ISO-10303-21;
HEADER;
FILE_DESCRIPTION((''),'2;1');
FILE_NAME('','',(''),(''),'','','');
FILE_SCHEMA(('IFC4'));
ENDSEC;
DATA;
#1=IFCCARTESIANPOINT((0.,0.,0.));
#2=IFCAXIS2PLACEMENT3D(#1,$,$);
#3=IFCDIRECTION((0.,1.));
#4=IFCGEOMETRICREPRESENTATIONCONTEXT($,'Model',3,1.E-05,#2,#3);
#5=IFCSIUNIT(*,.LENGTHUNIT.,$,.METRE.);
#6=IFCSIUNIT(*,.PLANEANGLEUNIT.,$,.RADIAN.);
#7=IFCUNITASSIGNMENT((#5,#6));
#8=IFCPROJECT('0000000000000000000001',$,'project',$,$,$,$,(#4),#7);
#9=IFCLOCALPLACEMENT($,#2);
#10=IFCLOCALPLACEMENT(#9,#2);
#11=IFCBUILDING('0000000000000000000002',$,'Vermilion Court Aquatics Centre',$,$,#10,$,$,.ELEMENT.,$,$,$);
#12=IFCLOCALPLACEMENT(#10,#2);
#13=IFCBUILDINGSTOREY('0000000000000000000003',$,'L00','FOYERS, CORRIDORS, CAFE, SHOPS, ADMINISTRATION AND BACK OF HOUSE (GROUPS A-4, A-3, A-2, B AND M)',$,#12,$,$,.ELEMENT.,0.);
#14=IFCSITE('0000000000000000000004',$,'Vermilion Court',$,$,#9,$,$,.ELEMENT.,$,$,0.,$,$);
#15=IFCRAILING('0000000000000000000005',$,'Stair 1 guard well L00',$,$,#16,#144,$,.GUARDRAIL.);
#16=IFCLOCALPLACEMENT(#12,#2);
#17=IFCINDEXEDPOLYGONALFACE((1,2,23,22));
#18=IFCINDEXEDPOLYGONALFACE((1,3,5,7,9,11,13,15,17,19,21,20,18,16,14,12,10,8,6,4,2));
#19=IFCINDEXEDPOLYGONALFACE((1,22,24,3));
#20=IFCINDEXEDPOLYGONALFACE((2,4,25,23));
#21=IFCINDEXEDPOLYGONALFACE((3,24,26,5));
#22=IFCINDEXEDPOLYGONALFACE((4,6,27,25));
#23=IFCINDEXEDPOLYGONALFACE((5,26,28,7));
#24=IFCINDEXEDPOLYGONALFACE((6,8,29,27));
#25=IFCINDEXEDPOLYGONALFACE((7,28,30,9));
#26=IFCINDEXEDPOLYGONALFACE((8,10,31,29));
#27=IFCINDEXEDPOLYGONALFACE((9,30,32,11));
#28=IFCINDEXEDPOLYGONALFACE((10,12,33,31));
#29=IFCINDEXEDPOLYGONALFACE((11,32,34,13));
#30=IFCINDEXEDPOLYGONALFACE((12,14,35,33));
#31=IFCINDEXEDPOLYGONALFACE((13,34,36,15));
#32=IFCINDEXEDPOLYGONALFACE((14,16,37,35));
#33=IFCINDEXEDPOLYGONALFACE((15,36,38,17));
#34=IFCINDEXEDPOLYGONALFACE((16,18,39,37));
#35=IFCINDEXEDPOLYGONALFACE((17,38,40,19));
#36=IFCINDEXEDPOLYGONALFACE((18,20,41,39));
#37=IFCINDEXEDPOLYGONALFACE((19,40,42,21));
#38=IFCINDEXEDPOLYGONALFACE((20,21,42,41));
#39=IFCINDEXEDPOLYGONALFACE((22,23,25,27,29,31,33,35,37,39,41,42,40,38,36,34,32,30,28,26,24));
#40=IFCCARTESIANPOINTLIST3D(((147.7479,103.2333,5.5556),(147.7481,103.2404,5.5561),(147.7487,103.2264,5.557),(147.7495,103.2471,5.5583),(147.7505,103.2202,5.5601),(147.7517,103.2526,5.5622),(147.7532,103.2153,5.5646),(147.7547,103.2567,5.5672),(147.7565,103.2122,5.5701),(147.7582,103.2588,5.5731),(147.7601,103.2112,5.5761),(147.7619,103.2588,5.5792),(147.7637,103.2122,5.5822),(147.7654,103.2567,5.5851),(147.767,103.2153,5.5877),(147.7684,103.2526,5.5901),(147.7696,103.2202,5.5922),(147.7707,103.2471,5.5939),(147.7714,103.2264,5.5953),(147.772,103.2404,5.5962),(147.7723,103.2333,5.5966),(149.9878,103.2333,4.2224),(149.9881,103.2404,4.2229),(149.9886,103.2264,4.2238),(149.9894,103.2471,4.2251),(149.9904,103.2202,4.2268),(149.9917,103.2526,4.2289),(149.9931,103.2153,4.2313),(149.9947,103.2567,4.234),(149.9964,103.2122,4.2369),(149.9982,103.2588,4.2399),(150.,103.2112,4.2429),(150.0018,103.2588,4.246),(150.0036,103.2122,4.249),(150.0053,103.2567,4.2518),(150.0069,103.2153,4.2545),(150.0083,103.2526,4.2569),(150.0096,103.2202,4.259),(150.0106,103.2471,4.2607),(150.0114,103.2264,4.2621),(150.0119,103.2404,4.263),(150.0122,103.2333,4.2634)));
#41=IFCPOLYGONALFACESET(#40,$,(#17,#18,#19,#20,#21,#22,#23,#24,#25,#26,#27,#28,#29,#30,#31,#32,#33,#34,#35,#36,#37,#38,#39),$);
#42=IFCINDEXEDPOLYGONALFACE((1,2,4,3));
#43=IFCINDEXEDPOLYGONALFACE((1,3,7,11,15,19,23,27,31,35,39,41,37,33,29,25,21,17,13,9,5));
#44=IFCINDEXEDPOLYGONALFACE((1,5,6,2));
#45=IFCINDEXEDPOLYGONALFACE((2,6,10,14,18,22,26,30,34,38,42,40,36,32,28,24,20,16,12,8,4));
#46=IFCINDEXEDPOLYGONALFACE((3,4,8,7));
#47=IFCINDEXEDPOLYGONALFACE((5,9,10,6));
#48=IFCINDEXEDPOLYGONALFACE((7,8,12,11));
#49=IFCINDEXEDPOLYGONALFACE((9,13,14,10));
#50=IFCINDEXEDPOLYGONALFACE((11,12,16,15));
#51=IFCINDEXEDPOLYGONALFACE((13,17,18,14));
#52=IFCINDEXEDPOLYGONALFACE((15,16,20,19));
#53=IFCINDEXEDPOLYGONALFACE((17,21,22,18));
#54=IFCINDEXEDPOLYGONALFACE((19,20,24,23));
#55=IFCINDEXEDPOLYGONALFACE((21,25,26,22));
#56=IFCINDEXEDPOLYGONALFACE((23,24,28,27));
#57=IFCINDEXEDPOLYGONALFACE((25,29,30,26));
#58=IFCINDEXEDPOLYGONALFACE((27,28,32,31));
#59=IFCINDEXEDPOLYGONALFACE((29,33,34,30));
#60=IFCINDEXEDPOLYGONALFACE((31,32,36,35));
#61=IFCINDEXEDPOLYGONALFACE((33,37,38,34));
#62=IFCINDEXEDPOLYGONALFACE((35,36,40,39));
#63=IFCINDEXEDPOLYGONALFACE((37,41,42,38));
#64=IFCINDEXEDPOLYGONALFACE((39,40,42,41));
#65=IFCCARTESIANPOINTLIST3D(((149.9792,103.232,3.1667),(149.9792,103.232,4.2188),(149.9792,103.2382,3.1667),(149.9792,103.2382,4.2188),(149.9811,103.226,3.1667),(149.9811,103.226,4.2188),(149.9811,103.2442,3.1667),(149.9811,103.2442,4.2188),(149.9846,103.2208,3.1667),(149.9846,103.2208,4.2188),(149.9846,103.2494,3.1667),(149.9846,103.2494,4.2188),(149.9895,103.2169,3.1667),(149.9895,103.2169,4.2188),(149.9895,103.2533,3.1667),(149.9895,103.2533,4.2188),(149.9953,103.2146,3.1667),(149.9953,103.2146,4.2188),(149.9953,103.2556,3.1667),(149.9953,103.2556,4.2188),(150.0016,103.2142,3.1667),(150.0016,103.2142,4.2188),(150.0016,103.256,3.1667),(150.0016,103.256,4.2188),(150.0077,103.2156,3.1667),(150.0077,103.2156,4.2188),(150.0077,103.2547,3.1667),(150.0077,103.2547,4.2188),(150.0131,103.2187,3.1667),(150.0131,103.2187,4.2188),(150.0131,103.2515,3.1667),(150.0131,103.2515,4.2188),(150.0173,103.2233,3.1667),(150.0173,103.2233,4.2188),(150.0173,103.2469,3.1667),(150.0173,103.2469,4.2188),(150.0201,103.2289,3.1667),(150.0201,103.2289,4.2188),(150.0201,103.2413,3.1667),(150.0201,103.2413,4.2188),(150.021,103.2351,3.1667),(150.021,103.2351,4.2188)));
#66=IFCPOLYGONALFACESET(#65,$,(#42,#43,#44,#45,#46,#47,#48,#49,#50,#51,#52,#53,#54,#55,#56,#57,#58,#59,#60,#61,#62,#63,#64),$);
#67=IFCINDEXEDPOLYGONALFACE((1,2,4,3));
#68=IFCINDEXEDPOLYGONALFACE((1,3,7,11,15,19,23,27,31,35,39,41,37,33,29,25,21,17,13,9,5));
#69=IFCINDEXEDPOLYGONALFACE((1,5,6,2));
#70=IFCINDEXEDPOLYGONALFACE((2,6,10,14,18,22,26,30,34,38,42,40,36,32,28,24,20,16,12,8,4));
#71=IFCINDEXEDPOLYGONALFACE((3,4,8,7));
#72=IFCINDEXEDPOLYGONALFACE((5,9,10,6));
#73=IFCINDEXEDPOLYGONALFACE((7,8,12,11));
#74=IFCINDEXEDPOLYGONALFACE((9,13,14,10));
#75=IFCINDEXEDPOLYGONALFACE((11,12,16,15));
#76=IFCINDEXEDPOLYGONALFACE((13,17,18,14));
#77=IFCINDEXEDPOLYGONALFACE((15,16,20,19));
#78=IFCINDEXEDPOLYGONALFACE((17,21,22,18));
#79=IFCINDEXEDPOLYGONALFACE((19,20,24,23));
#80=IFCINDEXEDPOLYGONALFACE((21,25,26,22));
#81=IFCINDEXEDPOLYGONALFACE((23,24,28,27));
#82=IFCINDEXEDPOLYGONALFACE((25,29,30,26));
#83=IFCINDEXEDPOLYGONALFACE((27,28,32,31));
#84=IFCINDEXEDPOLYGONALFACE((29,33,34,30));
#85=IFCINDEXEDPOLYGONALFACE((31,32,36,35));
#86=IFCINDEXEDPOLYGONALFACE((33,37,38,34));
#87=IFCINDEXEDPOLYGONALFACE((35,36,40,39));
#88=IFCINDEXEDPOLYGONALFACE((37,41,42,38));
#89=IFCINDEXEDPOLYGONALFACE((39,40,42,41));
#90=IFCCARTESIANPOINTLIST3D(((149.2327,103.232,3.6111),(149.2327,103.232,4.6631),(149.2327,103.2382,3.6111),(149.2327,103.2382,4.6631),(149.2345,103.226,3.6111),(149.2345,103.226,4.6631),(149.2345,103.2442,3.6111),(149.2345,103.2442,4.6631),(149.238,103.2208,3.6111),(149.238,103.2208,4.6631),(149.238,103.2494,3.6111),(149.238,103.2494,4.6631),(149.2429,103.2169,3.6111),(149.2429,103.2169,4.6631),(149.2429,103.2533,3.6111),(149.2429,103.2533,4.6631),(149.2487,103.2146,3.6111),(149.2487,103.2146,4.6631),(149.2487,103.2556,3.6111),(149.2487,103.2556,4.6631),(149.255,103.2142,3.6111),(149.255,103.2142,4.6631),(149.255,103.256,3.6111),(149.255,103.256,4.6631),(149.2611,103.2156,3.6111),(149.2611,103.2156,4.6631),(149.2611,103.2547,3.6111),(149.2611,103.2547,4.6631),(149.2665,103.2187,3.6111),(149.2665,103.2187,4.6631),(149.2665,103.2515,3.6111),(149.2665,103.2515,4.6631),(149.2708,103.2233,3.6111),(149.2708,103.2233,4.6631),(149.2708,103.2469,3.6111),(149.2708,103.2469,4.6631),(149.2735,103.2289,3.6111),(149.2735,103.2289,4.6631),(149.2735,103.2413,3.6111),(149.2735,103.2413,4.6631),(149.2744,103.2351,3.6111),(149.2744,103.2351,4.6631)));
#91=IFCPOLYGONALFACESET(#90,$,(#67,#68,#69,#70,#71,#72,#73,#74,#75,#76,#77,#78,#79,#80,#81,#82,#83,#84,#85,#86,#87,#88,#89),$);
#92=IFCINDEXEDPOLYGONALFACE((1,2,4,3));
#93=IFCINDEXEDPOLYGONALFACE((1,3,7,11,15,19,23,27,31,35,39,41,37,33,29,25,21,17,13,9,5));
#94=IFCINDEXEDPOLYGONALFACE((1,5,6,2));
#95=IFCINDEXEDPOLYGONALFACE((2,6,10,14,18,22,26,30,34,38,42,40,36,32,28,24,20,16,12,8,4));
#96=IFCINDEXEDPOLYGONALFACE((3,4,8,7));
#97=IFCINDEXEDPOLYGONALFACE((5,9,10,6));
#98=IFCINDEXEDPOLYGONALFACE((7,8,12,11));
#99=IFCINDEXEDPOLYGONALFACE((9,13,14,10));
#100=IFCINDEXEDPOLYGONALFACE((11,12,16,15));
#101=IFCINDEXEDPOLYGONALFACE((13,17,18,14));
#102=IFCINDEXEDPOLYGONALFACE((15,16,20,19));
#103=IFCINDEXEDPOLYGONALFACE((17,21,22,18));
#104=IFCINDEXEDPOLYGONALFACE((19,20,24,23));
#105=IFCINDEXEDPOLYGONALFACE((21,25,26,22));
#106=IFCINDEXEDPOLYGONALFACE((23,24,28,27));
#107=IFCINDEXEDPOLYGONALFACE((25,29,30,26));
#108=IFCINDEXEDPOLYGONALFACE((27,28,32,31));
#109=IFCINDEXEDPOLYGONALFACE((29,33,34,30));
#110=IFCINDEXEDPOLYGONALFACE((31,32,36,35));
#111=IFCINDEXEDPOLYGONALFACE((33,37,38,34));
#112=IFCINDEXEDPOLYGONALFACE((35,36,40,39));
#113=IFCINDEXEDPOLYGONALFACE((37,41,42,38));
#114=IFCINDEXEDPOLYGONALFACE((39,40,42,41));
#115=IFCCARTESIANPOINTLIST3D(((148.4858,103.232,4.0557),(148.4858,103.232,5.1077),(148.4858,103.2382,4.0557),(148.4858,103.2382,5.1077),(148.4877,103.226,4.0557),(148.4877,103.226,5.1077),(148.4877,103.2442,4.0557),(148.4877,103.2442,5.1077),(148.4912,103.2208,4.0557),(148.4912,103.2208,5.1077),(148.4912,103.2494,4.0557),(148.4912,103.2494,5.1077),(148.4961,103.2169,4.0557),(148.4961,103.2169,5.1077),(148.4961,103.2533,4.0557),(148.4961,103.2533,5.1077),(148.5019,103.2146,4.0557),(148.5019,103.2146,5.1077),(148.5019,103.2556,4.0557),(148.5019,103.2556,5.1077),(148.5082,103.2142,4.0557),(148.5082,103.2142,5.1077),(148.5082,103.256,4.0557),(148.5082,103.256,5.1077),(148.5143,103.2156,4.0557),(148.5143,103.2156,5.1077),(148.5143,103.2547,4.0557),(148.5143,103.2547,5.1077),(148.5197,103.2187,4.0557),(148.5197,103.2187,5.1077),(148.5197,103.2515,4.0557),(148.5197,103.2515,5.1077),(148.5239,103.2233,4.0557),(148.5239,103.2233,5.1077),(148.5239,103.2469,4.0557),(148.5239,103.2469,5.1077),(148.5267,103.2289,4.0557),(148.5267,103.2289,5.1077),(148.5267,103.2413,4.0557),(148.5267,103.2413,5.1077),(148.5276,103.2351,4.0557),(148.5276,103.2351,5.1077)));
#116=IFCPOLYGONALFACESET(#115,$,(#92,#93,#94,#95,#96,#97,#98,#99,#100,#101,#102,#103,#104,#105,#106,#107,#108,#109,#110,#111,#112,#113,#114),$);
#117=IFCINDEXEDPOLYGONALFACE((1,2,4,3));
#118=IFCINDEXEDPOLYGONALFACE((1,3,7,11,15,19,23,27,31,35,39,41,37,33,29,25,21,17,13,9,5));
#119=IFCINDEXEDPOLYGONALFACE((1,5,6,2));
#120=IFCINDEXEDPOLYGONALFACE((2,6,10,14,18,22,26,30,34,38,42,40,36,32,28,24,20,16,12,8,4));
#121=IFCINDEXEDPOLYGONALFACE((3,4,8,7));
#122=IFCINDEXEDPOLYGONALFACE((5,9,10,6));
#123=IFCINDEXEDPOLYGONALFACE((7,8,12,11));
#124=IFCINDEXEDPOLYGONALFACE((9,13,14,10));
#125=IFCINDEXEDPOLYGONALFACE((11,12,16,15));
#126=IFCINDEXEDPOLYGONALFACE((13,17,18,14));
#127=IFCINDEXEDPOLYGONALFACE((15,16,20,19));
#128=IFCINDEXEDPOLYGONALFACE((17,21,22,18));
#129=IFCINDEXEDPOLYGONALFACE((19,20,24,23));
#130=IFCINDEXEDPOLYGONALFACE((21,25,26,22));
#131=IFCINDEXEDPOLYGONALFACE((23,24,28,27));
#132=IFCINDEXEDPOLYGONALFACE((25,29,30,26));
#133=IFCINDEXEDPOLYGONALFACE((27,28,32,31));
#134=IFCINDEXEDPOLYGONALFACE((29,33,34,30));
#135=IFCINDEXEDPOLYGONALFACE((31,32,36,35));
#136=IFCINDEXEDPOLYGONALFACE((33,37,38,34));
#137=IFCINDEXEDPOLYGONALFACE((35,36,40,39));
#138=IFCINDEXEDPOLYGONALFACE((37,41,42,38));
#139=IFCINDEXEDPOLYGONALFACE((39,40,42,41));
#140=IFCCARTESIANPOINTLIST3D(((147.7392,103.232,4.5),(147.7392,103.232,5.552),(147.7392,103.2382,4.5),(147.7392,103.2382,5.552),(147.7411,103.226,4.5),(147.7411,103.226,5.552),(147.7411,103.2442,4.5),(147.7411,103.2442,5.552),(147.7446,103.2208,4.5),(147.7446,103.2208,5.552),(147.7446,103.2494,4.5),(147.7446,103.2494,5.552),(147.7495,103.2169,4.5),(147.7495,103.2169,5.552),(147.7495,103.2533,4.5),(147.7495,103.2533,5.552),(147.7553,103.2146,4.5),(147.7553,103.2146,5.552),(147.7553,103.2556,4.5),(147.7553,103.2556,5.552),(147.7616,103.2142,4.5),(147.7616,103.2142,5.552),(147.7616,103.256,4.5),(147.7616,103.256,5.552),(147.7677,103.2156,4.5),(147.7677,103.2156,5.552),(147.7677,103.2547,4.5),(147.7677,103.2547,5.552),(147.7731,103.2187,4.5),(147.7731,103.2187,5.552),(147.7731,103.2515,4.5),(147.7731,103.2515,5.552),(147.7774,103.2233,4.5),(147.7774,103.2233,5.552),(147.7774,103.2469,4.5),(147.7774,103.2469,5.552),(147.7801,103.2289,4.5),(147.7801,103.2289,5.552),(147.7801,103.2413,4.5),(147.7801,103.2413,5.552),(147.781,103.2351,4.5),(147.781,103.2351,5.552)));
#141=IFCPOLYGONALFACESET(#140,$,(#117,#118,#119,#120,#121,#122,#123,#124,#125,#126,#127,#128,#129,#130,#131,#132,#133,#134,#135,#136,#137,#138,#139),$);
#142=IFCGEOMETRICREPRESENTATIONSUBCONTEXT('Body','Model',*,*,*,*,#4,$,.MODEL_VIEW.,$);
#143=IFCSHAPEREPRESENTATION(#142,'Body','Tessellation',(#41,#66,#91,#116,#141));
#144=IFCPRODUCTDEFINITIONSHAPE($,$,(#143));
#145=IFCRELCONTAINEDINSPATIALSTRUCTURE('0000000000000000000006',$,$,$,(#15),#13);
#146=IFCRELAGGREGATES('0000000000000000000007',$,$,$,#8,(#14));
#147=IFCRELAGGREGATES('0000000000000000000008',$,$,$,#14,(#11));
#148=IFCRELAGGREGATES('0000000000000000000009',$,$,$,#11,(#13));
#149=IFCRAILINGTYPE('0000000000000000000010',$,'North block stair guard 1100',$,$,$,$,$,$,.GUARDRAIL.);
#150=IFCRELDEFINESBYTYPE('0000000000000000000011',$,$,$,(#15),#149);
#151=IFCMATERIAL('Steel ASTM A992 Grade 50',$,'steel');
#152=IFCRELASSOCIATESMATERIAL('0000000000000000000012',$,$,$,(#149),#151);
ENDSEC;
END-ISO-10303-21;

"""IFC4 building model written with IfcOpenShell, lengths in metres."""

from ifc_helpers import new_model, si_unit, direction, frame, origin, origin_2d, place, context, subcontext, project, spatial, circle, extrude, material, type_object, element, save


model = new_model("IFC4")

# Units and contexts
model_context = context("Model", 3, precision=1e-05, world=origin(), true_north=direction((0.0, 1.0)))
body_context = subcontext(model_context, "Body", "Model", "MODEL_VIEW")
ifc_project = project(units=[si_unit("LENGTHUNIT", "METRE"), si_unit("PLANEANGLEUNIT", "RADIAN")], contexts=[model_context])

# Site, building, storey
site_placement = place(None, origin())
site = spatial("IfcSite", under=ifc_project, at=site_placement, Name="Vermilion Court", CompositionType="ELEMENT", RefElevation=0.0)
building_placement = place(site_placement, origin())
building = spatial("IfcBuilding", under=site, at=building_placement, Name="Vermilion Court Aquatics Centre", CompositionType="ELEMENT")
storey_placement = place(building_placement, origin())
storey = spatial("IfcBuildingStorey", under=building, at=storey_placement, Name="L00", Description="FOYERS, CORRIDORS, CAFE, SHOPS, ADMINISTRATION AND BACK OF HOUSE (GROUPS A-4, A-3, A-2, B AND M)", CompositionType="ELEMENT", Elevation=0.0)

# Railing
ifc_material_1 = material(Name="Steel ASTM A992 Grade 50", Category="steel")
railing_type_1 = type_object("IfcRailingType", Name="North block stair guard 1100", PredefinedType="GUARDRAIL", material=ifc_material_1)
for number, where, name in (
    (1, (150.0, 103.2351, 3.1667), "Stair 1 guard well L00"),
):
    element("IfcRailing", number, at=place(storey_placement, frame(where)), inside=storey, type_object=railing_type_1, Name=name, PredefinedType="GUARDRAIL", context=body_context, shape_type="SweptSolid", body=[
        extrude(circle(Radius=0.0239, at=origin_2d()), frame((0.0, 0.0, 1.0762), z_axis=(-0.859306, 0.0, 0.511462), x_axis=(0.0, -1.0, 0.0)), (0.0, 0.0, 1.0), 2.6067),
        extrude(circle(Radius=0.021, at=origin_2d()), origin(), (0.0, 0.0, 1.0), 1.052),
        extrude(circle(Radius=0.021, at=origin_2d()), frame((-0.7466, 0.0, 0.4443)), (0.0, 0.0, 1.0), 1.052),
        extrude(circle(Radius=0.021, at=origin_2d()), frame((-1.4934, 0.0, 0.8889)), (0.0, 0.0, 1.0), 1.052),
        extrude(circle(Radius=0.021, at=origin_2d()), frame((-2.24, 0.0, 1.3333)), (0.0, 0.0, 1.0), 1.052),
    ])

save(model, "model.ifc")
